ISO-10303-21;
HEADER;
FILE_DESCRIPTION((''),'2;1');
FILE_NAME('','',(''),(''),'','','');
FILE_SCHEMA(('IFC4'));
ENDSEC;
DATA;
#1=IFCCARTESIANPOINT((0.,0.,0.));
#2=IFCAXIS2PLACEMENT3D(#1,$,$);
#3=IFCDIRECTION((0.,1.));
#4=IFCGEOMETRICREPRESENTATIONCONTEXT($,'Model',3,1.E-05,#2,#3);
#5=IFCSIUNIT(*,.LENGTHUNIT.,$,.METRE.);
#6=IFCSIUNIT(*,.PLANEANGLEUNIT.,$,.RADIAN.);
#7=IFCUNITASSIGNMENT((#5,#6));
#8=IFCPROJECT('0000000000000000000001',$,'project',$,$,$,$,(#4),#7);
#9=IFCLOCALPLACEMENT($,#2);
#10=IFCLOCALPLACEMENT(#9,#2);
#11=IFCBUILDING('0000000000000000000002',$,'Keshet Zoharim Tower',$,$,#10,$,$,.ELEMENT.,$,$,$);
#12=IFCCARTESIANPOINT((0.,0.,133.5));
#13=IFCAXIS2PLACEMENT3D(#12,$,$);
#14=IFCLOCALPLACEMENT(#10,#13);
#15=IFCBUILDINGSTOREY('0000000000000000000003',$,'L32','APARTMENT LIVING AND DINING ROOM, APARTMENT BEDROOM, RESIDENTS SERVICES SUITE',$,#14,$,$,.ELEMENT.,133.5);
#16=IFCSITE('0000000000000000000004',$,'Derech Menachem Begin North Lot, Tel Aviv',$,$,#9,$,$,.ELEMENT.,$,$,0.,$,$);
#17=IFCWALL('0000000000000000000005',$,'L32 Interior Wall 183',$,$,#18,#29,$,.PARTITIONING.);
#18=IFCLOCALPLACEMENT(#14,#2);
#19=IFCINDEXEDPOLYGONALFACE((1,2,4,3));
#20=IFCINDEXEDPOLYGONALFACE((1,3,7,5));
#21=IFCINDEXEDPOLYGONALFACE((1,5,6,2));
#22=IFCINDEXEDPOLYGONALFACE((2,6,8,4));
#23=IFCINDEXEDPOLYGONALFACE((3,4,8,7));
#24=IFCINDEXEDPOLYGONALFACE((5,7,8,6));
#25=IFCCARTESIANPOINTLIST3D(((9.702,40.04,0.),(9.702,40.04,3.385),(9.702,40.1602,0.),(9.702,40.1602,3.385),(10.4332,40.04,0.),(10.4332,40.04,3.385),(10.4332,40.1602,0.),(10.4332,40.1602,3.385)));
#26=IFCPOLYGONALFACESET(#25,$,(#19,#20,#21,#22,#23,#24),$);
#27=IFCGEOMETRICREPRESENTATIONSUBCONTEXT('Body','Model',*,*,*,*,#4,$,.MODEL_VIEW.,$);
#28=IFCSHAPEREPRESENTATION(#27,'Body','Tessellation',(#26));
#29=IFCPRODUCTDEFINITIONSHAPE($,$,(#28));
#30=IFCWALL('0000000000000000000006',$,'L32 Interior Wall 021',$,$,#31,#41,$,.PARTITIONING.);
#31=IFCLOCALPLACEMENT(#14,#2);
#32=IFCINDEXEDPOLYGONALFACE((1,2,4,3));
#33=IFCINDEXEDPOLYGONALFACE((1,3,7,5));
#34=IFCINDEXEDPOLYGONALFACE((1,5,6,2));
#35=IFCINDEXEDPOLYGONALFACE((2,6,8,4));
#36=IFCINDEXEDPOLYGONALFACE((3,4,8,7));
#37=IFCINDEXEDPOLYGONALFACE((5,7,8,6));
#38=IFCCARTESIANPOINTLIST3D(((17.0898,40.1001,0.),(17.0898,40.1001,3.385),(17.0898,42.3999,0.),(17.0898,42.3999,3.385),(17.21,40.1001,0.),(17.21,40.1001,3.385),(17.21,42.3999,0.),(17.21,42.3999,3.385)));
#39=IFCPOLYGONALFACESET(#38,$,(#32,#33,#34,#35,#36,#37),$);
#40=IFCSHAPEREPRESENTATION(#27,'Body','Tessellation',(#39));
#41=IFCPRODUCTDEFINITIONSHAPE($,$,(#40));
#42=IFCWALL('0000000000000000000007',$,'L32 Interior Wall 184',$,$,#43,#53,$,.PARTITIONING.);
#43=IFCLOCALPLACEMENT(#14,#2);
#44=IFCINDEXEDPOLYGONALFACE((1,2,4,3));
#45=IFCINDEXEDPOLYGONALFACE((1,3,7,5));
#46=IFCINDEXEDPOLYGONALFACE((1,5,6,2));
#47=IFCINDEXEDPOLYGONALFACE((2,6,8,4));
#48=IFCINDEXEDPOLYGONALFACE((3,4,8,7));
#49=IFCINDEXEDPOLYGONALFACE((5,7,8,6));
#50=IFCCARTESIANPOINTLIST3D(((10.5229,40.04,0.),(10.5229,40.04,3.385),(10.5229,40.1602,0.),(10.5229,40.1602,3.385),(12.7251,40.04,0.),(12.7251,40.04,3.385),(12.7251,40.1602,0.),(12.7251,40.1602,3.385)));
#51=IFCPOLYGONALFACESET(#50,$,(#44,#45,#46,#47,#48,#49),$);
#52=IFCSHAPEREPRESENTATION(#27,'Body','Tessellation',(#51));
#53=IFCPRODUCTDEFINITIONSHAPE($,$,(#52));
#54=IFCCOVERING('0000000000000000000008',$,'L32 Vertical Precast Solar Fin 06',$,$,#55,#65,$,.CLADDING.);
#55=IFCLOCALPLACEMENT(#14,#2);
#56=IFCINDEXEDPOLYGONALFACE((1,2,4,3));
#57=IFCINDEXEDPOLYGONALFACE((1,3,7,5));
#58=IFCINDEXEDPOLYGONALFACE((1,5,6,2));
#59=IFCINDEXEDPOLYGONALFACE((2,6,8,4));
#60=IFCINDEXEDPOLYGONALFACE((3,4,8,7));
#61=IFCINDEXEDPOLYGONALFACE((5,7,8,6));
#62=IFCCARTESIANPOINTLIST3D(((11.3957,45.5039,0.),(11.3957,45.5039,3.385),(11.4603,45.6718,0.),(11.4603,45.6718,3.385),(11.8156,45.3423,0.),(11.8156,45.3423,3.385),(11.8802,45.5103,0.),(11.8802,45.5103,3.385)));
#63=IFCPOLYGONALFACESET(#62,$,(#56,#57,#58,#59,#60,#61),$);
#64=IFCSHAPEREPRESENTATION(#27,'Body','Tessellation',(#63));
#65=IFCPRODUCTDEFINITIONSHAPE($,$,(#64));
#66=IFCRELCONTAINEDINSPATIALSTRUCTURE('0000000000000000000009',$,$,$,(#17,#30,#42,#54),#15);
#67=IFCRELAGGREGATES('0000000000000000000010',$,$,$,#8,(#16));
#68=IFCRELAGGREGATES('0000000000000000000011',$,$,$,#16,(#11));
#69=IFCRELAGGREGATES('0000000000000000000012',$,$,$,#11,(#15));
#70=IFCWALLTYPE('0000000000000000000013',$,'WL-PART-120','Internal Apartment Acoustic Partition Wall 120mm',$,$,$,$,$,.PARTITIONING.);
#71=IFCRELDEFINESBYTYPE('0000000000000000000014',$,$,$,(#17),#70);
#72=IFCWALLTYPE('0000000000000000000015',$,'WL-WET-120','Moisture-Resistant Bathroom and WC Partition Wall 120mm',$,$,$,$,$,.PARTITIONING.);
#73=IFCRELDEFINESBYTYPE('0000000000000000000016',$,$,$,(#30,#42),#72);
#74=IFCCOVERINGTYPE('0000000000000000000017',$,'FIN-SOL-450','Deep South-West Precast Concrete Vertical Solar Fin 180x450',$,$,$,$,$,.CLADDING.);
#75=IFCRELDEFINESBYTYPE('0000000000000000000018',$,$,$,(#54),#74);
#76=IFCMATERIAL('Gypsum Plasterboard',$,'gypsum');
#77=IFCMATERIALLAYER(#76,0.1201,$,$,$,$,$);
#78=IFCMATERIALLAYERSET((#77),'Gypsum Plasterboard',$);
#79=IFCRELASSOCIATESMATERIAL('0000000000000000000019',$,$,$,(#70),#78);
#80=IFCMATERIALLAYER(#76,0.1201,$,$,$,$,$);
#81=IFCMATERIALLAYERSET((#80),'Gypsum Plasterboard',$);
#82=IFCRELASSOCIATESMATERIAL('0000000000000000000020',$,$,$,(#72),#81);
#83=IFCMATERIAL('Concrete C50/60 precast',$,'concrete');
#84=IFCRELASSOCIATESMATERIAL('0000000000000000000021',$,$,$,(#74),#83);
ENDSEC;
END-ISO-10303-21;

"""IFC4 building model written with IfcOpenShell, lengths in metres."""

from ifc_helpers import new_model, si_unit, direction, frame, frame_2d, origin, origin_2d, place, context, subcontext, project, spatial, rectangle, extrude, material, layer, layer_set, type_object, element, save


model = new_model("IFC4")

# Units and contexts
model_context = context("Model", 3, precision=1e-05, world=origin(), true_north=direction((0.0, 1.0)))
body_context = subcontext(model_context, "Body", "Model", "MODEL_VIEW")
ifc_project = project(units=[si_unit("LENGTHUNIT", "METRE"), si_unit("PLANEANGLEUNIT", "RADIAN")], contexts=[model_context])

# Site, building, storey
site_placement = place(None, origin())
site = spatial("IfcSite", under=ifc_project, at=site_placement, Name="Derech Menachem Begin North Lot, Tel Aviv", CompositionType="ELEMENT", RefElevation=0.0)
building_placement = place(site_placement, origin())
building = spatial("IfcBuilding", under=site, at=building_placement, Name="Keshet Zoharim Tower", CompositionType="ELEMENT")
storey_placement = place(building_placement, frame((0.0, 0.0, 133.5)))
storey = spatial("IfcBuildingStorey", under=building, at=storey_placement, Name="L32", Description="APARTMENT LIVING AND DINING ROOM, APARTMENT BEDROOM, RESIDENTS SERVICES SUITE", CompositionType="ELEMENT", Elevation=133.5)

# Wall
ifc_material_1 = material(Name="Gypsum Plasterboard", Category="gypsum")
ifc_layer_1 = layer(ifc_material_1, 0.1201)
ifc_layer_set_1 = layer_set([ifc_layer_1], Name="Gypsum Plasterboard")
wall_type_1 = type_object("IfcWallType", Name="WL-PART-120", Description="Internal Apartment Acoustic Partition Wall 120mm", PredefinedType="PARTITIONING", material=ifc_layer_set_1)
wall_1_placement = place(storey_placement, frame((9.7019, 40.1001, 0.0), z_axis=(0.0, 0.0, 1.0), x_axis=(1.0, 0.0, 0.0)))
element("IfcWall", 1, at=wall_1_placement, inside=storey, type_object=wall_type_1, Name="L32 Interior Wall 183", PredefinedType="PARTITIONING", context=body_context, shape_type="SweptSolid", body=[
    extrude(rectangle(XDim=0.7312, YDim=0.1201, at=frame_2d((0.3657, 0.0))), origin(), (0.0, 0.0, 1.0), 3.385),
])

# Walls
ifc_layer_2 = layer(ifc_material_1, 0.1201)
ifc_layer_set_2 = layer_set([ifc_layer_2], Name="Gypsum Plasterboard")
wall_type_2 = type_object("IfcWallType", Name="WL-WET-120", Description="Moisture-Resistant Bathroom and WC Partition Wall 120mm", PredefinedType="PARTITIONING", material=ifc_layer_set_2)
wall_2_placement = place(storey_placement, frame((17.1499, 40.1001, 0.0), z_axis=(0.0, 0.0, 1.0), x_axis=(0.0, 1.0, 0.0)))
element("IfcWall", 2, at=wall_2_placement, inside=storey, type_object=wall_type_2, Name="L32 Interior Wall 021", PredefinedType="PARTITIONING", context=body_context, shape_type="SweptSolid", body=[
    extrude(rectangle(XDim=2.2998, YDim=0.1201, at=frame_2d((1.1499, 0.0))), origin(), (0.0, 0.0, 1.0), 3.385),
])
wall_3_placement = place(storey_placement, frame((10.5229, 40.1001, 0.0), z_axis=(0.0, 0.0, 1.0), x_axis=(1.0, 0.0, 0.0)))
element("IfcWall", 3, at=wall_3_placement, inside=storey, type_object=wall_type_2, Name="L32 Interior Wall 184", PredefinedType="PARTITIONING", context=body_context, shape_type="SweptSolid", body=[
    extrude(rectangle(XDim=2.2021, YDim=0.1201, at=frame_2d((1.1011, 0.0))), origin(), (0.0, 0.0, 1.0), 3.385),
])

# Covering
ifc_material_2 = material(Name="Concrete C50/60 precast", Category="concrete")
covering_type = type_object("IfcCoveringType", Name="FIN-SOL-450", Description="Deep South-West Precast Concrete Vertical Solar Fin 180x450", PredefinedType="CLADDING", material=ifc_material_2)
covering_placement = place(storey_placement, frame((11.6379, 45.5071, 0.0), z_axis=(0.0, 0.0, 1.0), x_axis=(0.35899, 0.933341, 0.0)))
element("IfcCovering", 4, at=covering_placement, inside=storey, type_object=covering_type, Name="L32 Vertical Precast Solar Fin 06", PredefinedType="CLADDING", context=body_context, shape_type="SweptSolid", body=[
    extrude(rectangle(XDim=0.1799, YDim=0.45, at=origin_2d()), origin(), (0.0, 0.0, 1.0), 3.385),
])

save(model, "model.ifc")
